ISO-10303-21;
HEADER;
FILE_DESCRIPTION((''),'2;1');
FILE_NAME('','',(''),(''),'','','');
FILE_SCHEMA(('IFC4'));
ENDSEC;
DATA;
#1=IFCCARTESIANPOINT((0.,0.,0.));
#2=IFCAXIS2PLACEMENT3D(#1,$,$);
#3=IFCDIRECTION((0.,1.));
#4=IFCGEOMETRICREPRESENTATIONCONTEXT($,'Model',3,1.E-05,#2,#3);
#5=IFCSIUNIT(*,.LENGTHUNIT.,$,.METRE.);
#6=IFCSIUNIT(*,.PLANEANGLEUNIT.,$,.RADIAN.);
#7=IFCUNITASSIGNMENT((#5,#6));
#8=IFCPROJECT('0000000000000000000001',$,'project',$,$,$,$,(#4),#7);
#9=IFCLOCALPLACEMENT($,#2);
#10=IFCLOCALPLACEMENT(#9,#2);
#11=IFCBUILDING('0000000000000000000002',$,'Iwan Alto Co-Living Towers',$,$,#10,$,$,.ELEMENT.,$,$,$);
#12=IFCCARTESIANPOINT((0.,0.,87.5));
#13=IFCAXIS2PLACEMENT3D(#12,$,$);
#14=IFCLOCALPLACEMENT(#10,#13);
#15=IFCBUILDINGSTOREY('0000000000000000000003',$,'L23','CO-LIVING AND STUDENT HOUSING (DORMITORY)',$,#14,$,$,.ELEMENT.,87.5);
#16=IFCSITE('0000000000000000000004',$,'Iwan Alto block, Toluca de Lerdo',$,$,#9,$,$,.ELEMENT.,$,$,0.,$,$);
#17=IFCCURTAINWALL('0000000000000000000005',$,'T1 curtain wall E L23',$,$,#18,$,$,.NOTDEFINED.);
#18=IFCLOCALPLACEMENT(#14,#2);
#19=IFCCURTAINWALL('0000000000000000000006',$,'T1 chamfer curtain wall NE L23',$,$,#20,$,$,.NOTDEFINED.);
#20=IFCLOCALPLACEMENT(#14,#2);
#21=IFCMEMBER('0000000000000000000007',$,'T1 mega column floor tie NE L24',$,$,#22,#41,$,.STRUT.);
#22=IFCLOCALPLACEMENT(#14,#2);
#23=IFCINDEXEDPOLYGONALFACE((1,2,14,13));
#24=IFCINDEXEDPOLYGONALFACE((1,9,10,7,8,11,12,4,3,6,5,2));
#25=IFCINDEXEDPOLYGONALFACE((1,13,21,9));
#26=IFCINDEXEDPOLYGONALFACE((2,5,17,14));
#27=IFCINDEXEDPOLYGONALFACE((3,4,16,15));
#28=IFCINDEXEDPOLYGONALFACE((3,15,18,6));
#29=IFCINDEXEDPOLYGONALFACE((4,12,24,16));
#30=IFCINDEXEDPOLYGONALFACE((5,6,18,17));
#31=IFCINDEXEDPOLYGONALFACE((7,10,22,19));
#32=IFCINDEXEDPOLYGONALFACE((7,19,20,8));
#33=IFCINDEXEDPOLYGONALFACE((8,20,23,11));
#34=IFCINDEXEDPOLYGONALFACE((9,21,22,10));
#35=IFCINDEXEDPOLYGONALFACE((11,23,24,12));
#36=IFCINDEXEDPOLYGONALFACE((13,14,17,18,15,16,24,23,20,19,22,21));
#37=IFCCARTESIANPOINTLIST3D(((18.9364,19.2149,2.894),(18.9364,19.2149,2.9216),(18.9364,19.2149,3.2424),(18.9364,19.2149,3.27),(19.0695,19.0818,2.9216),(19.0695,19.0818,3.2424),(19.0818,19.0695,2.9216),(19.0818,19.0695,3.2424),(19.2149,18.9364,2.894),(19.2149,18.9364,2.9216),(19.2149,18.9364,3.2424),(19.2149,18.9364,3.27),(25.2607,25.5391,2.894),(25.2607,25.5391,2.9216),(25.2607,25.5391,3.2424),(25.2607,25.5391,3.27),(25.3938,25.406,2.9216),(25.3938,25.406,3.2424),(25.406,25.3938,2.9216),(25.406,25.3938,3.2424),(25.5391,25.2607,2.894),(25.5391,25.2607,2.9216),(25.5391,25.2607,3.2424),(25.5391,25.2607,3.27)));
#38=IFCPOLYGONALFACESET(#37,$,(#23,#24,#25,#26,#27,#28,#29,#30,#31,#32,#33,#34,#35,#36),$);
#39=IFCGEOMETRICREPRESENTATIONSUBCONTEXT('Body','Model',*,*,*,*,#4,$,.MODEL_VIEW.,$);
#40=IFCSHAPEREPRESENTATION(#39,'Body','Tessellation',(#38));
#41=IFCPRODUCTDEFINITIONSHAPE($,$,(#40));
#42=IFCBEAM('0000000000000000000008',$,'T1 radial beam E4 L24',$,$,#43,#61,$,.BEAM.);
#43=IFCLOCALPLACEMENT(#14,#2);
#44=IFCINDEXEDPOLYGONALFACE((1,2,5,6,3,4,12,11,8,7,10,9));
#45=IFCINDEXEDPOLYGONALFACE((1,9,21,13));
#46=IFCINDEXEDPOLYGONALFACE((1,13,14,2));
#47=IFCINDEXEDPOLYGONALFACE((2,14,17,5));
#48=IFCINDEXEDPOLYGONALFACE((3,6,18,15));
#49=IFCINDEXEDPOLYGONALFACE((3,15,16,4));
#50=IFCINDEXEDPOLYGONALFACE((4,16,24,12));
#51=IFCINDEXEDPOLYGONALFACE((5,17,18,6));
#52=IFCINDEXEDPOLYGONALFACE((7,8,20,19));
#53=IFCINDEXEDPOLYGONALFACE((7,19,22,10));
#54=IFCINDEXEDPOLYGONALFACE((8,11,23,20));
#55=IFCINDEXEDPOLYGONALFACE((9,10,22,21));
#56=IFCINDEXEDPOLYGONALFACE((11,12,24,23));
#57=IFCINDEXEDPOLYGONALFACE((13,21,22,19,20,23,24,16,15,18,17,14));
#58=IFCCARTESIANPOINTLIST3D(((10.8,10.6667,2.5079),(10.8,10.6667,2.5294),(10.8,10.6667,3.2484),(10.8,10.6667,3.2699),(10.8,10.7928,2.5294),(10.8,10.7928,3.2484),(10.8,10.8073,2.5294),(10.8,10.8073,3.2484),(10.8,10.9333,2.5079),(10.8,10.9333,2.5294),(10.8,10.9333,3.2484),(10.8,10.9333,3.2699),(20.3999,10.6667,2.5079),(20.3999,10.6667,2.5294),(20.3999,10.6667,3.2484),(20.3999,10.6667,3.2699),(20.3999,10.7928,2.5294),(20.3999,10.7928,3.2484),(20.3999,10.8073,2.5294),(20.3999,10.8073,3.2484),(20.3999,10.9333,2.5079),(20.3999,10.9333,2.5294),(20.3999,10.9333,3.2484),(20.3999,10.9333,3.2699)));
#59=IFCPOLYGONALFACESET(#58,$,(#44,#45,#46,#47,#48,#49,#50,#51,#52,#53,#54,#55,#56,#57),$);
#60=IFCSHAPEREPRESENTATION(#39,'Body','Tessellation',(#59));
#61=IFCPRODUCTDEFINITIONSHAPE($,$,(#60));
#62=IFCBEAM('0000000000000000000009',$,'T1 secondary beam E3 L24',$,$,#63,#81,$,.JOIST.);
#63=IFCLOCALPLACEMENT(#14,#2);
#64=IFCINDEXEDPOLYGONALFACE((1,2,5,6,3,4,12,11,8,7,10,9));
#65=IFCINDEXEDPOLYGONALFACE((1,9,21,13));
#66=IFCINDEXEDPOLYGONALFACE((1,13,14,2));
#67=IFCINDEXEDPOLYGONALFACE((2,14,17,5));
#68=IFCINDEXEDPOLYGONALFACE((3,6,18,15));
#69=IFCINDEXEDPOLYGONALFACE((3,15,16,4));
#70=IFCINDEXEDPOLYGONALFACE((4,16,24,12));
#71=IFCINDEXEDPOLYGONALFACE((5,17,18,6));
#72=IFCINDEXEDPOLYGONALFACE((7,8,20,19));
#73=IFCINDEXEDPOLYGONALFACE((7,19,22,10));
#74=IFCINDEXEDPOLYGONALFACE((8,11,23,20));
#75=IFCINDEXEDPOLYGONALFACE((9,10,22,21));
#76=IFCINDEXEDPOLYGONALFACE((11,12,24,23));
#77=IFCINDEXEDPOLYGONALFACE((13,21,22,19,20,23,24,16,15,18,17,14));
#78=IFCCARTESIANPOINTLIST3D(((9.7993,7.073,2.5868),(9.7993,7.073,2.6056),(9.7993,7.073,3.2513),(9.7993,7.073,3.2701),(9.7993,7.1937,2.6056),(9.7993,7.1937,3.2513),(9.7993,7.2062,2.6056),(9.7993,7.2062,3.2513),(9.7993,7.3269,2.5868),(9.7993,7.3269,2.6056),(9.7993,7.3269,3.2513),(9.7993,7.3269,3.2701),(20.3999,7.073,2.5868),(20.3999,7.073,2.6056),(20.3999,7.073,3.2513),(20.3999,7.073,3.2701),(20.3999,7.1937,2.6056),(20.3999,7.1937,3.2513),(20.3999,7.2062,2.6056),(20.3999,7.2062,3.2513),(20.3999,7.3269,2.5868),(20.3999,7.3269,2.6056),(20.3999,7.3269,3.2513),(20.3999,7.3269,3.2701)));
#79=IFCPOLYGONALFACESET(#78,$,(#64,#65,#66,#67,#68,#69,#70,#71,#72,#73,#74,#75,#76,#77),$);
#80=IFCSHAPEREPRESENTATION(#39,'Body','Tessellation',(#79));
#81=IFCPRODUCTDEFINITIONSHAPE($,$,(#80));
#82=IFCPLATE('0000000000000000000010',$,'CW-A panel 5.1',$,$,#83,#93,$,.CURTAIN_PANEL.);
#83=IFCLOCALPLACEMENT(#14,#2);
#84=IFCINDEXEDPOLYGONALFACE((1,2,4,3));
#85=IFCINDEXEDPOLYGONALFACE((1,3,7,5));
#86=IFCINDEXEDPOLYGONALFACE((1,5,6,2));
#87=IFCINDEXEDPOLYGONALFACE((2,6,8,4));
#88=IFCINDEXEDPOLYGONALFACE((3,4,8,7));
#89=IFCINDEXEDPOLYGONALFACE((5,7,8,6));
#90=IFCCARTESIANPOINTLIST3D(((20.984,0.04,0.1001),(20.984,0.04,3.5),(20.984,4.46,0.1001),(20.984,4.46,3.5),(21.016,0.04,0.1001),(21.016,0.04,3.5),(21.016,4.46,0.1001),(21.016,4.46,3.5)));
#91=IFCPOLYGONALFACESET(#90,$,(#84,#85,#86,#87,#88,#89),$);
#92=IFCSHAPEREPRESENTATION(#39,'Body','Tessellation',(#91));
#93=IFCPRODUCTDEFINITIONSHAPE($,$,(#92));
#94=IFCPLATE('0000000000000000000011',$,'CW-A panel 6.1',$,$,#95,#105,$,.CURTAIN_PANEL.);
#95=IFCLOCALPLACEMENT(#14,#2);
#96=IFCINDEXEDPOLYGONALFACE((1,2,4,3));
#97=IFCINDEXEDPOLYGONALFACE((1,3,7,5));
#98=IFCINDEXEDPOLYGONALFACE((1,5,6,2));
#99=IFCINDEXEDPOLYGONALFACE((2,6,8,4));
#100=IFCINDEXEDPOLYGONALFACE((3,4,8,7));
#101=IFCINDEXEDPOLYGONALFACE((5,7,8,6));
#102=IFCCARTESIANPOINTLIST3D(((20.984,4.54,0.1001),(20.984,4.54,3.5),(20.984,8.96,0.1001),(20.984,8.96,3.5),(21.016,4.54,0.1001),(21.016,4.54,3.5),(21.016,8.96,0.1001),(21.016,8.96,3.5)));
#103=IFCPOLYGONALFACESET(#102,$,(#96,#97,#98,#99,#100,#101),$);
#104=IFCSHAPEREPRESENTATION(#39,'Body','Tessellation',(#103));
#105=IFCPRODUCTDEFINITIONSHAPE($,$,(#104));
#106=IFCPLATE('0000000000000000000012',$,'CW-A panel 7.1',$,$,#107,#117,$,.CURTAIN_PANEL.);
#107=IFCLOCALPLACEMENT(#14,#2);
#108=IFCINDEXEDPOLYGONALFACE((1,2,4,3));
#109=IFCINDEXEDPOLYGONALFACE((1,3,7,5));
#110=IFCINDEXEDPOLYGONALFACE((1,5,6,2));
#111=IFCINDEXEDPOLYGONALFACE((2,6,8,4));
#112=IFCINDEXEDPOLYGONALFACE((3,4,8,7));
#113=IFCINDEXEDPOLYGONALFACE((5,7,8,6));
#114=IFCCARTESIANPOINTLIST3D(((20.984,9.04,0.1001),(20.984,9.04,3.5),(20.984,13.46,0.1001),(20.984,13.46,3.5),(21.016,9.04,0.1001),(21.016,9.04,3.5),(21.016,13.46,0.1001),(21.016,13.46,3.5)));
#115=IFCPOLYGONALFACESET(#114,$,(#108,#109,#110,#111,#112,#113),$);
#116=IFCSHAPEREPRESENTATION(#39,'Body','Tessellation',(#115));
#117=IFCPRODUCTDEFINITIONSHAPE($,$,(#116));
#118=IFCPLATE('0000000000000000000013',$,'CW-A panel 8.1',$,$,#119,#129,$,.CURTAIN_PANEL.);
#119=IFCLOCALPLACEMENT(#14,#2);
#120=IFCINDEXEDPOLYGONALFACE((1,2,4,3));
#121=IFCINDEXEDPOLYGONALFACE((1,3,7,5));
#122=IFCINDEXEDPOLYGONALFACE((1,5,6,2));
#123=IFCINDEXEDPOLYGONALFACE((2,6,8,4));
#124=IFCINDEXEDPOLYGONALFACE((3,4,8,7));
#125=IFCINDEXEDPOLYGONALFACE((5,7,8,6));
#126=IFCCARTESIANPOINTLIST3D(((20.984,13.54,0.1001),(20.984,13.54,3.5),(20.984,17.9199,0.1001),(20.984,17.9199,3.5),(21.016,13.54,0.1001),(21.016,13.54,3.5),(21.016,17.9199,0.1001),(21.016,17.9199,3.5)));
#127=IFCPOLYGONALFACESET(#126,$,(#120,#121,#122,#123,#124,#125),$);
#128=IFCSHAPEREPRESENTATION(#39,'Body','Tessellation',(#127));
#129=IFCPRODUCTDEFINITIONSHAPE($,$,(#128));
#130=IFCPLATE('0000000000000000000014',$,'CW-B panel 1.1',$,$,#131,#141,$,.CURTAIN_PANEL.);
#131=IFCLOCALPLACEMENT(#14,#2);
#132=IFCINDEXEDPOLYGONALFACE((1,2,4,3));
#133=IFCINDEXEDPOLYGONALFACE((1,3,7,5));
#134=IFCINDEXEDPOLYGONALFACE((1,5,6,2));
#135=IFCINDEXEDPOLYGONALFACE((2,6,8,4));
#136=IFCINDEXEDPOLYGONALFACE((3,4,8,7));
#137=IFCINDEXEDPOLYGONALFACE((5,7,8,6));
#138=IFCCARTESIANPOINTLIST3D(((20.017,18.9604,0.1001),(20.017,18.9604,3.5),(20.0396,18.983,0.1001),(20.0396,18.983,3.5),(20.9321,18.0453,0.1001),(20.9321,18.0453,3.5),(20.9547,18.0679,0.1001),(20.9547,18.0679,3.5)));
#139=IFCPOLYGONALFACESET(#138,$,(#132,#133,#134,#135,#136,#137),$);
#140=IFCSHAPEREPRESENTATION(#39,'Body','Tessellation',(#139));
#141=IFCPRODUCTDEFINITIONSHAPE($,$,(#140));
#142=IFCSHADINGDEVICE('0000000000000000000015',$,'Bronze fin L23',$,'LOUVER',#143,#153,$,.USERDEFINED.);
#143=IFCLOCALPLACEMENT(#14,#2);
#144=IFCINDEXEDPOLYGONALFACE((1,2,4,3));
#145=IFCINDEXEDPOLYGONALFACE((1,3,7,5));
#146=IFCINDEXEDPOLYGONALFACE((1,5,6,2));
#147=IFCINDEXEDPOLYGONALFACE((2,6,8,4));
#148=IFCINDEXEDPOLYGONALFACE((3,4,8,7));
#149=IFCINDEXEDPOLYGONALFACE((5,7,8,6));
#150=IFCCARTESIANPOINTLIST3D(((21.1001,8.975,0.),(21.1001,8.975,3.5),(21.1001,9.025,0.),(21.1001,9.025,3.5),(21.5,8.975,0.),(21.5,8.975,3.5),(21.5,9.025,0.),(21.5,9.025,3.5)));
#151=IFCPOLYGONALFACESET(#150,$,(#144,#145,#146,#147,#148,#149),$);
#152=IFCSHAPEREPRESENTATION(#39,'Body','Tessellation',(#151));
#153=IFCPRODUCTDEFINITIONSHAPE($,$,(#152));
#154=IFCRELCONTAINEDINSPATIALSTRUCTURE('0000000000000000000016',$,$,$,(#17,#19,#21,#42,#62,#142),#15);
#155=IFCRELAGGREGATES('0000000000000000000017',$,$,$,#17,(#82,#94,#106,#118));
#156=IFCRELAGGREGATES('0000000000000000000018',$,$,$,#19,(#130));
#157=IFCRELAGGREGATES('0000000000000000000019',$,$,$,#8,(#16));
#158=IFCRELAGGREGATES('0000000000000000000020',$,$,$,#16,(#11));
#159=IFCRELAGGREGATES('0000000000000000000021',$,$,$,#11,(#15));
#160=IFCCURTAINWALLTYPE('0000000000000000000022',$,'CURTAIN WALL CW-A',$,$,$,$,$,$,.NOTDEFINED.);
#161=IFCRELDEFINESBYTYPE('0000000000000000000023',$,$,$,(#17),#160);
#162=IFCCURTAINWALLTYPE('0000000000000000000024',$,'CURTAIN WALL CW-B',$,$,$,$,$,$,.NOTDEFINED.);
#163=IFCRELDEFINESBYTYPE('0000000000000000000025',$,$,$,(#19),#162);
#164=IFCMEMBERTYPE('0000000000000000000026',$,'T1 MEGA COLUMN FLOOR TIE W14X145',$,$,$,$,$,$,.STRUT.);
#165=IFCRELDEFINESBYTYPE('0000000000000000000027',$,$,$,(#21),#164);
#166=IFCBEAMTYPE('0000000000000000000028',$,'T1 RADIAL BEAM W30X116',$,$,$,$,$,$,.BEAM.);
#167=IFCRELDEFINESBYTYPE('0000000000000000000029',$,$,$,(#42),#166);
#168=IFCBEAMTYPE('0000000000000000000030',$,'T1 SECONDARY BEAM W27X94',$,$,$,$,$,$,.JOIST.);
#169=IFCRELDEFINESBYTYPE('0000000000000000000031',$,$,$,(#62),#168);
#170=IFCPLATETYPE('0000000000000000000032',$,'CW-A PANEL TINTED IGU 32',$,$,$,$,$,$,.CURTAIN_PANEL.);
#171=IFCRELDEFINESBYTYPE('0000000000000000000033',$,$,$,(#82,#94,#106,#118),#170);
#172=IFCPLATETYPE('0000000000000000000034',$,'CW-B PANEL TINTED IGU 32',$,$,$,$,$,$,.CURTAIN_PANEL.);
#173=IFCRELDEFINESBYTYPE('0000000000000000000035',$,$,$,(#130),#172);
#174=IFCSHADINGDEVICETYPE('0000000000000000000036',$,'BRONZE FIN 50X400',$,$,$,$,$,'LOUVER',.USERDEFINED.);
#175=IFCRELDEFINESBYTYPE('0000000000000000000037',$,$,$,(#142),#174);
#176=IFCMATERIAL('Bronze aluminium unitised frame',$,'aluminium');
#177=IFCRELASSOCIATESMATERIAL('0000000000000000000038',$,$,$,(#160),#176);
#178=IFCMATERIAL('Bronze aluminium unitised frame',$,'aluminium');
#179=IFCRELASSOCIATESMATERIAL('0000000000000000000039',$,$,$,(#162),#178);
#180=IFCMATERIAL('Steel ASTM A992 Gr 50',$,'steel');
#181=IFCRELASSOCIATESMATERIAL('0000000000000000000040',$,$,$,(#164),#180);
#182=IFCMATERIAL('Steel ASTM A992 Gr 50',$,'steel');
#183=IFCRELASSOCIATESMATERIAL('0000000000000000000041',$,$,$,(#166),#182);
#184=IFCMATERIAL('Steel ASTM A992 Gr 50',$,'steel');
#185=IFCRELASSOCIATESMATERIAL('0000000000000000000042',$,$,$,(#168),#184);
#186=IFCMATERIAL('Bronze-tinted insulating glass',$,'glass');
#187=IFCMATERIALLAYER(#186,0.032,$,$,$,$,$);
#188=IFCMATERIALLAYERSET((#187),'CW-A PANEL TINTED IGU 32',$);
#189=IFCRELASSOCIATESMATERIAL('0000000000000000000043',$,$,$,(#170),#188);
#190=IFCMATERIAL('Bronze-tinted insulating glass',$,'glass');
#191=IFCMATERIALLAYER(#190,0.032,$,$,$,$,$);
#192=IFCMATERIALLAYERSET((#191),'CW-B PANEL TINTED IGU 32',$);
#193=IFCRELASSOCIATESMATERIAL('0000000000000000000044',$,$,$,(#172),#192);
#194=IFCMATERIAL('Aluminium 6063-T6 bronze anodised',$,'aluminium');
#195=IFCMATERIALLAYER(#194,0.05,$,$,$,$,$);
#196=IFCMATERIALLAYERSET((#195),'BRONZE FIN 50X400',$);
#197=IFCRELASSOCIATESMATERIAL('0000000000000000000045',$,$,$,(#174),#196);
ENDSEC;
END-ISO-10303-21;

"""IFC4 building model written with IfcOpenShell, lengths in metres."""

from ifc_helpers import new_model, si_unit, direction, frame, origin, origin_2d, place, context, subcontext, project, spatial, rectangle, i_section, extrude, material, layer, layer_set, material_profile, profile_set, type_object, element, aggregate, save


model = new_model("IFC4")

# Units and contexts
model_context = context("Model", 3, precision=1e-05, world=origin(), true_north=direction((0.0, 1.0)))
body_context = subcontext(model_context, "Body", "Model", "MODEL_VIEW")
ifc_project = project(units=[si_unit("LENGTHUNIT", "METRE"), si_unit("PLANEANGLEUNIT", "RADIAN")], contexts=[model_context])

# Site, building, storey
site_placement = place(None, origin())
site = spatial("IfcSite", under=ifc_project, at=site_placement, Name="Iwan Alto block, Toluca de Lerdo", CompositionType="ELEMENT", RefElevation=0.0)
building_placement = place(site_placement, origin())
building = spatial("IfcBuilding", under=site, at=building_placement, Name="Iwan Alto Co-Living Towers", CompositionType="ELEMENT")
storey_placement = place(building_placement, frame((0.0, 0.0, 87.5)))
storey = spatial("IfcBuildingStorey", under=building, at=storey_placement, Name="L23", Description="CO-LIVING AND STUDENT HOUSING (DORMITORY)", CompositionType="ELEMENT", Elevation=87.5)

# Curtain walls
ifc_material_1 = material(Name="Bronze aluminium unitised frame", Category="aluminium")
curtain_wall_type_1 = type_object("IfcCurtainWallType", Name="CURTAIN WALL CW-A", PredefinedType="NOTDEFINED", material=ifc_material_1)
curtain_wall_1_placement = place(storey_placement, origin())
curtain_wall_1 = element("IfcCurtainWall", 1, at=curtain_wall_1_placement, inside=storey, type_object=curtain_wall_type_1, Name="T1 curtain wall E L23", PredefinedType="NOTDEFINED")
ifc_material_2 = material(Name="Bronze aluminium unitised frame", Category="aluminium")
curtain_wall_type_2 = type_object("IfcCurtainWallType", Name="CURTAIN WALL CW-B", PredefinedType="NOTDEFINED", material=ifc_material_2)
curtain_wall_2_placement = place(storey_placement, origin())
curtain_wall_2 = element("IfcCurtainWall", 2, at=curtain_wall_2_placement, inside=storey, type_object=curtain_wall_type_2, Name="T1 chamfer curtain wall NE L23", PredefinedType="NOTDEFINED")

# Member
ifc_material_3 = material(Name="Steel ASTM A992 Gr 50", Category="steel")
ifc_material_profile_1 = material_profile(ifc_material_3, i_section(OverallWidth=0.3938, OverallDepth=0.376, WebThickness=0.0173, FlangeThickness=0.0276, at=origin_2d()), Name="W14X145")
ifc_profile_set_1 = profile_set([ifc_material_profile_1], Name="Steel ASTM A992 Gr 50")
member_type_1 = type_object("IfcMemberType", Name="T1 MEGA COLUMN FLOOR TIE W14X145", PredefinedType="STRUT", material=ifc_profile_set_1)
member_1_placement = place(storey_placement, frame((25.3999, 25.3999, 3.082), z_axis=(-0.707107, -0.707107, 0.0), x_axis=(0.707107, -0.707107, 0.0)))
element("IfcMember", 3, at=member_1_placement, inside=storey, type_object=member_type_1, Name="T1 mega column floor tie NE L24", PredefinedType="STRUT", context=body_context, shape_type="SweptSolid", body=[
    extrude(i_section(OverallWidth=0.3938, OverallDepth=0.376, WebThickness=0.0173, FlangeThickness=0.0276, at=origin_2d()), origin(), (0.0, 0.0, 1.0), 8.9438),
])

# Beams
ifc_material_4 = material(Name="Steel ASTM A992 Gr 50", Category="steel")
ifc_material_profile_2 = material_profile(ifc_material_4, i_section(OverallWidth=0.2666, OverallDepth=0.762, WebThickness=0.0144, FlangeThickness=0.0215, at=origin_2d()), Name="W30X116")
ifc_profile_set_2 = profile_set([ifc_material_profile_2], Name="Steel ASTM A992 Gr 50")
beam_type_1 = type_object("IfcBeamType", Name="T1 RADIAL BEAM W30X116", PredefinedType="BEAM", material=ifc_profile_set_2)
beam_1_placement = place(storey_placement, frame((20.3999, 10.8, 2.8889), z_axis=(-1.0, 0.0, 0.0), x_axis=(0.0, -1.0, 0.0)))
element("IfcBeam", 4, at=beam_1_placement, inside=storey, type_object=beam_type_1, Name="T1 radial beam E4 L24", PredefinedType="BEAM", context=body_context, shape_type="SweptSolid", body=[
    extrude(i_section(OverallWidth=0.2666, OverallDepth=0.762, WebThickness=0.0144, FlangeThickness=0.0215, at=origin_2d()), origin(), (0.0, 0.0, 1.0), 9.5999),
])
ifc_material_5 = material(Name="Steel ASTM A992 Gr 50", Category="steel")
ifc_material_profile_3 = material_profile(ifc_material_5, i_section(OverallWidth=0.2539, OverallDepth=0.6833, WebThickness=0.0125, FlangeThickness=0.0188, at=origin_2d()), Name="W27X94")
ifc_profile_set_3 = profile_set([ifc_material_profile_3], Name="Steel ASTM A992 Gr 50")
beam_type_2 = type_object("IfcBeamType", Name="T1 SECONDARY BEAM W27X94", PredefinedType="JOIST", material=ifc_profile_set_3)
beam_2_placement = place(storey_placement, frame((20.3999, 7.2, 2.9285), z_axis=(-1.0, 0.0, 0.0), x_axis=(0.0, -1.0, 0.0)))
element("IfcBeam", 5, at=beam_2_placement, inside=storey, type_object=beam_type_2, Name="T1 secondary beam E3 L24", PredefinedType="JOIST", context=body_context, shape_type="SweptSolid", body=[
    extrude(i_section(OverallWidth=0.2539, OverallDepth=0.6833, WebThickness=0.0125, FlangeThickness=0.0188, at=origin_2d()), origin(), (0.0, 0.0, 1.0), 10.6006),
])

# Plates
ifc_material_6 = material(Name="Bronze-tinted insulating glass", Category="glass")
ifc_layer_1 = layer(ifc_material_6, 0.032)
ifc_layer_set_1 = layer_set([ifc_layer_1], Name="CW-A PANEL TINTED IGU 32")
plate_type_1 = type_object("IfcPlateType", Name="CW-A PANEL TINTED IGU 32", PredefinedType="CURTAIN_PANEL", material=ifc_layer_set_1)
plate_1_placement = place(storey_placement, frame((21.0, 2.25, 0.1001), z_axis=(0.0, 0.0, 1.0), x_axis=(0.0, 1.0, 0.0)))
plate_1 = element("IfcPlate", 6, at=plate_1_placement, type_object=plate_type_1, Name="CW-A panel 5.1", PredefinedType="CURTAIN_PANEL", context=body_context, shape_type="SweptSolid", body=[
    extrude(rectangle(XDim=4.4199, YDim=0.032, at=origin_2d()), origin(), (0.0, 0.0, 1.0), 3.3999),
])
plate_2_placement = place(storey_placement, frame((21.0, 6.75, 0.1001), z_axis=(0.0, 0.0, 1.0), x_axis=(0.0, 1.0, 0.0)))
plate_2 = element("IfcPlate", 7, at=plate_2_placement, type_object=plate_type_1, Name="CW-A panel 6.1", PredefinedType="CURTAIN_PANEL", context=body_context, shape_type="SweptSolid", body=[
    extrude(rectangle(XDim=4.4199, YDim=0.032, at=origin_2d()), origin(), (0.0, 0.0, 1.0), 3.3999),
])
plate_3_placement = place(storey_placement, frame((21.0, 11.25, 0.1001), z_axis=(0.0, 0.0, 1.0), x_axis=(0.0, 1.0, 0.0)))
plate_3 = element("IfcPlate", 8, at=plate_3_placement, type_object=plate_type_1, Name="CW-A panel 7.1", PredefinedType="CURTAIN_PANEL", context=body_context, shape_type="SweptSolid", body=[
    extrude(rectangle(XDim=4.4199, YDim=0.032, at=origin_2d()), origin(), (0.0, 0.0, 1.0), 3.3999),
])
plate_4_placement = place(storey_placement, frame((21.0, 15.73, 0.1001), z_axis=(0.0, 0.0, 1.0), x_axis=(0.0, 1.0, 0.0)))
plate_4 = element("IfcPlate", 9, at=plate_4_placement, type_object=plate_type_1, Name="CW-A panel 8.1", PredefinedType="CURTAIN_PANEL", context=body_context, shape_type="SweptSolid", body=[
    extrude(rectangle(XDim=4.3799, YDim=0.032, at=origin_2d()), origin(), (0.0, 0.0, 1.0), 3.3999),
])
aggregate(curtain_wall_1, [plate_1, plate_2, plate_3, plate_4])
ifc_material_7 = material(Name="Bronze-tinted insulating glass", Category="glass")
ifc_layer_2 = layer(ifc_material_7, 0.032)
ifc_layer_set_2 = layer_set([ifc_layer_2], Name="CW-B PANEL TINTED IGU 32")
plate_type_2 = type_object("IfcPlateType", Name="CW-B PANEL TINTED IGU 32", PredefinedType="CURTAIN_PANEL", material=ifc_layer_set_2)
plate_5_placement = place(storey_placement, frame((20.4858, 18.5142, 0.1001), z_axis=(0.0, 0.0, 1.0), x_axis=(-0.707107, 0.707107, 0.0)))
plate_5 = element("IfcPlate", 10, at=plate_5_placement, type_object=plate_type_2, Name="CW-B panel 1.1", PredefinedType="CURTAIN_PANEL", context=body_context, shape_type="SweptSolid", body=[
    extrude(rectangle(XDim=1.2942, YDim=0.032, at=origin_2d()), origin(), (0.0, 0.0, 1.0), 3.3999),
])
aggregate(curtain_wall_2, [plate_5])

# Shading device
ifc_material_8 = material(Name="Aluminium 6063-T6 bronze anodised", Category="aluminium")
ifc_layer_3 = layer(ifc_material_8, 0.05)
ifc_layer_set_3 = layer_set([ifc_layer_3], Name="BRONZE FIN 50X400")
shading_device_type = type_object("IfcShadingDeviceType", Name="BRONZE FIN 50X400", ElementType="LOUVER", PredefinedType="USERDEFINED", material=ifc_layer_set_3)
shading_device_placement = place(storey_placement, frame((21.3, 9.0, 0.0), z_axis=(0.0, 0.0, 1.0), x_axis=(0.0, 1.0, 0.0)))
element("IfcShadingDevice", 11, at=shading_device_placement, inside=storey, type_object=shading_device_type, Name="Bronze fin L23", ObjectType="LOUVER", PredefinedType="USERDEFINED", context=body_context, shape_type="SweptSolid", body=[
    extrude(rectangle(XDim=0.05, YDim=0.3999, at=origin_2d()), origin(), (0.0, 0.0, 1.0), 3.5),
])

save(model, "model.ifc")
